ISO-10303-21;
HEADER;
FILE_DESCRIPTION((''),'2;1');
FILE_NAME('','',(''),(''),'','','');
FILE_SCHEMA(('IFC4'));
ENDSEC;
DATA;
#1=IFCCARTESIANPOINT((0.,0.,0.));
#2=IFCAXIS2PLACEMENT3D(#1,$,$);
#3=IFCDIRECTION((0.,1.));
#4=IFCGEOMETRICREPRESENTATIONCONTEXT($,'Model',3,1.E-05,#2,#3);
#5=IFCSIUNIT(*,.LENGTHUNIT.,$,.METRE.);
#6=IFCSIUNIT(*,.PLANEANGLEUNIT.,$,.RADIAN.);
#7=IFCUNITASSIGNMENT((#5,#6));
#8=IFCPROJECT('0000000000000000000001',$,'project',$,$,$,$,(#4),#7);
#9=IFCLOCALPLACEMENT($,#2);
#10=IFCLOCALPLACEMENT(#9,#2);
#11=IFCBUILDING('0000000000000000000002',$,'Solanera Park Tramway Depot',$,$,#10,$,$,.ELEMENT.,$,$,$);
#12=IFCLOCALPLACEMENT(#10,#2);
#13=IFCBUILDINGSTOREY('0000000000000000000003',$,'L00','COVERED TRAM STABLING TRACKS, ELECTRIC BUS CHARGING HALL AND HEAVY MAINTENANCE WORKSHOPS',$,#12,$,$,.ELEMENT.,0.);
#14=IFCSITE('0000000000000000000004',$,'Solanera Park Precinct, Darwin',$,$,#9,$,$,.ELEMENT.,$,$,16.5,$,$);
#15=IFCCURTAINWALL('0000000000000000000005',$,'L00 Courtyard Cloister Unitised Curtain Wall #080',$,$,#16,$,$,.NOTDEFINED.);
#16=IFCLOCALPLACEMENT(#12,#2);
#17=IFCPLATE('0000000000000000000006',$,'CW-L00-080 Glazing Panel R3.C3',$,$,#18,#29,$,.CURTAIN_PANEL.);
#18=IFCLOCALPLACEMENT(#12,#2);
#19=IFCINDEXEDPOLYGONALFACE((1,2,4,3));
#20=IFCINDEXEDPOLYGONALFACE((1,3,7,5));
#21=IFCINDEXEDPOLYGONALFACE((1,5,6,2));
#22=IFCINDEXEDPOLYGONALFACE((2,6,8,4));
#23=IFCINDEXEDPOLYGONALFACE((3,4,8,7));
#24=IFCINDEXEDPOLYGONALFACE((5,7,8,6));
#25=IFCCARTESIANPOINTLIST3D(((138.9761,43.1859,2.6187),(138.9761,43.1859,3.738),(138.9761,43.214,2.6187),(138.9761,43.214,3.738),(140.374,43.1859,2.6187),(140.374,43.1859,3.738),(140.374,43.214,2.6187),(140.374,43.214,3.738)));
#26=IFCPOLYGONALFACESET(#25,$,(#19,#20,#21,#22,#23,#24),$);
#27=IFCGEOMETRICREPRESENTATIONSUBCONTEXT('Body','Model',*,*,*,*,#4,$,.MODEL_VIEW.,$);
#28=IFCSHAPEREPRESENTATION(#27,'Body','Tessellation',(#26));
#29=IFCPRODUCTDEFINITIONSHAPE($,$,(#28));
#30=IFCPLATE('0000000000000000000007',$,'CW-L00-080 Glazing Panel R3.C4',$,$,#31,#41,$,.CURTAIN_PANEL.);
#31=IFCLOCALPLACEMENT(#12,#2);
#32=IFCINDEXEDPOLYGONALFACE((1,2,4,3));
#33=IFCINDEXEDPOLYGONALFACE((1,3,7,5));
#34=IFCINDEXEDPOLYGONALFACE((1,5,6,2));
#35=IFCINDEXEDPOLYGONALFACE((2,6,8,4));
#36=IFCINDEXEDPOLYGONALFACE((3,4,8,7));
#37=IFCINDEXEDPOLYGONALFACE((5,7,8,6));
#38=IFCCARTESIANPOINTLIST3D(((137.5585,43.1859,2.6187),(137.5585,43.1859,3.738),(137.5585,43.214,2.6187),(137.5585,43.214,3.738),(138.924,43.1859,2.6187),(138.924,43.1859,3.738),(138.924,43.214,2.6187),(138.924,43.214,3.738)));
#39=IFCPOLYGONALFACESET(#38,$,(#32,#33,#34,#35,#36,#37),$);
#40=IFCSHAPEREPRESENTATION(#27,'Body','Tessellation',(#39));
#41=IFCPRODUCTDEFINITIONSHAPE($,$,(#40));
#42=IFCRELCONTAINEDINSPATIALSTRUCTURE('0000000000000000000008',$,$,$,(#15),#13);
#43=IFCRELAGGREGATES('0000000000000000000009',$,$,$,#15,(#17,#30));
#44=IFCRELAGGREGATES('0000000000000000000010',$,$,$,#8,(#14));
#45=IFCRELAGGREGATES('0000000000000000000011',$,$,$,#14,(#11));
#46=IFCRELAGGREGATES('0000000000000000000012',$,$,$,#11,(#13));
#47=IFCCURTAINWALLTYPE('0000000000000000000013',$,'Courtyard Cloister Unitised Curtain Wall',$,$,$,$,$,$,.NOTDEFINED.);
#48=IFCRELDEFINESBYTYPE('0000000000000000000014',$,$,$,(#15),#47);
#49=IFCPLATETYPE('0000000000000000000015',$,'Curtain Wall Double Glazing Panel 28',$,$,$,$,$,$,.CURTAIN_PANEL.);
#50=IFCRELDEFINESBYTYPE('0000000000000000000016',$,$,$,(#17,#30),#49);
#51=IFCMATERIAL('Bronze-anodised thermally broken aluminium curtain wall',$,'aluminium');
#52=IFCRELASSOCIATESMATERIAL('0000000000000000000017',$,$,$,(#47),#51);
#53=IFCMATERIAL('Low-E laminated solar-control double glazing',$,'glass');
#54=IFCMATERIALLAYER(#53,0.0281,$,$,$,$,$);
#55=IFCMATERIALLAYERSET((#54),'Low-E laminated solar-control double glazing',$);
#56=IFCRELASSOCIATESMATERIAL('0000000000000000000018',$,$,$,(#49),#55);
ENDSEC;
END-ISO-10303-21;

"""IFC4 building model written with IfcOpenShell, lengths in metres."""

from ifc_helpers import new_model, si_unit, direction, frame, origin, origin_2d, place, context, subcontext, project, spatial, rectangle, extrude, material, layer, layer_set, type_object, element, aggregate, save


model = new_model("IFC4")

# Units and contexts
model_context = context("Model", 3, precision=1e-05, world=origin(), true_north=direction((0.0, 1.0)))
body_context = subcontext(model_context, "Body", "Model", "MODEL_VIEW")
ifc_project = project(units=[si_unit("LENGTHUNIT", "METRE"), si_unit("PLANEANGLEUNIT", "RADIAN")], contexts=[model_context])

# Site, building, storey
site_placement = place(None, origin())
site = spatial("IfcSite", under=ifc_project, at=site_placement, Name="Solanera Park Precinct, Darwin", CompositionType="ELEMENT", RefElevation=16.5)
building_placement = place(site_placement, origin())
building = spatial("IfcBuilding", under=site, at=building_placement, Name="Solanera Park Tramway Depot", CompositionType="ELEMENT")
storey_placement = place(building_placement, origin())
storey = spatial("IfcBuildingStorey", under=building, at=storey_placement, Name="L00", Description="COVERED TRAM STABLING TRACKS, ELECTRIC BUS CHARGING HALL AND HEAVY MAINTENANCE WORKSHOPS", CompositionType="ELEMENT", Elevation=0.0)

# Curtain wall
ifc_material_1 = material(Name="Bronze-anodised thermally broken aluminium curtain wall", Category="aluminium")
curtain_wall_type = type_object("IfcCurtainWallType", Name="Courtyard Cloister Unitised Curtain Wall", PredefinedType="NOTDEFINED", material=ifc_material_1)
curtain_wall_1_placement = place(storey_placement, origin())
curtain_wall_1 = element("IfcCurtainWall", 1, at=curtain_wall_1_placement, inside=storey, type_object=curtain_wall_type, Name="L00 Courtyard Cloister Unitised Curtain Wall #080", PredefinedType="NOTDEFINED")

# Plates
ifc_material_2 = material(Name="Low-E laminated solar-control double glazing", Category="glass")
ifc_layer = layer(ifc_material_2, 0.0281)
ifc_layer_set = layer_set([ifc_layer], Name="Low-E laminated solar-control double glazing")
plate_type = type_object("IfcPlateType", Name="Curtain Wall Double Glazing Panel 28", PredefinedType="CURTAIN_PANEL", material=ifc_layer_set)
plate_1_placement = place(storey_placement, frame((139.675, 43.2, 2.6187), z_axis=(0.0, 0.0, 1.0), x_axis=(-1.0, 0.0, 0.0)))
plate_1 = element("IfcPlate", 2, at=plate_1_placement, type_object=plate_type, Name="CW-L00-080 Glazing Panel R3.C3", PredefinedType="CURTAIN_PANEL", context=body_context, shape_type="SweptSolid", body=[
    extrude(rectangle(XDim=1.3979, YDim=0.0281, at=origin_2d()), origin(), (0.0, 0.0, 1.0), 1.1194),
])
plate_2_placement = place(storey_placement, frame((138.2412, 43.2, 2.6187), z_axis=(0.0, 0.0, 1.0), x_axis=(-1.0, 0.0, 0.0)))
plate_2 = element("IfcPlate", 3, at=plate_2_placement, type_object=plate_type, Name="CW-L00-080 Glazing Panel R3.C4", PredefinedType="CURTAIN_PANEL", context=body_context, shape_type="SweptSolid", body=[
    extrude(rectangle(XDim=1.3655, YDim=0.0281, at=origin_2d()), origin(), (0.0, 0.0, 1.0), 1.1194),
])
aggregate(curtain_wall_1, [plate_1, plate_2])

save(model, "model.ifc")
